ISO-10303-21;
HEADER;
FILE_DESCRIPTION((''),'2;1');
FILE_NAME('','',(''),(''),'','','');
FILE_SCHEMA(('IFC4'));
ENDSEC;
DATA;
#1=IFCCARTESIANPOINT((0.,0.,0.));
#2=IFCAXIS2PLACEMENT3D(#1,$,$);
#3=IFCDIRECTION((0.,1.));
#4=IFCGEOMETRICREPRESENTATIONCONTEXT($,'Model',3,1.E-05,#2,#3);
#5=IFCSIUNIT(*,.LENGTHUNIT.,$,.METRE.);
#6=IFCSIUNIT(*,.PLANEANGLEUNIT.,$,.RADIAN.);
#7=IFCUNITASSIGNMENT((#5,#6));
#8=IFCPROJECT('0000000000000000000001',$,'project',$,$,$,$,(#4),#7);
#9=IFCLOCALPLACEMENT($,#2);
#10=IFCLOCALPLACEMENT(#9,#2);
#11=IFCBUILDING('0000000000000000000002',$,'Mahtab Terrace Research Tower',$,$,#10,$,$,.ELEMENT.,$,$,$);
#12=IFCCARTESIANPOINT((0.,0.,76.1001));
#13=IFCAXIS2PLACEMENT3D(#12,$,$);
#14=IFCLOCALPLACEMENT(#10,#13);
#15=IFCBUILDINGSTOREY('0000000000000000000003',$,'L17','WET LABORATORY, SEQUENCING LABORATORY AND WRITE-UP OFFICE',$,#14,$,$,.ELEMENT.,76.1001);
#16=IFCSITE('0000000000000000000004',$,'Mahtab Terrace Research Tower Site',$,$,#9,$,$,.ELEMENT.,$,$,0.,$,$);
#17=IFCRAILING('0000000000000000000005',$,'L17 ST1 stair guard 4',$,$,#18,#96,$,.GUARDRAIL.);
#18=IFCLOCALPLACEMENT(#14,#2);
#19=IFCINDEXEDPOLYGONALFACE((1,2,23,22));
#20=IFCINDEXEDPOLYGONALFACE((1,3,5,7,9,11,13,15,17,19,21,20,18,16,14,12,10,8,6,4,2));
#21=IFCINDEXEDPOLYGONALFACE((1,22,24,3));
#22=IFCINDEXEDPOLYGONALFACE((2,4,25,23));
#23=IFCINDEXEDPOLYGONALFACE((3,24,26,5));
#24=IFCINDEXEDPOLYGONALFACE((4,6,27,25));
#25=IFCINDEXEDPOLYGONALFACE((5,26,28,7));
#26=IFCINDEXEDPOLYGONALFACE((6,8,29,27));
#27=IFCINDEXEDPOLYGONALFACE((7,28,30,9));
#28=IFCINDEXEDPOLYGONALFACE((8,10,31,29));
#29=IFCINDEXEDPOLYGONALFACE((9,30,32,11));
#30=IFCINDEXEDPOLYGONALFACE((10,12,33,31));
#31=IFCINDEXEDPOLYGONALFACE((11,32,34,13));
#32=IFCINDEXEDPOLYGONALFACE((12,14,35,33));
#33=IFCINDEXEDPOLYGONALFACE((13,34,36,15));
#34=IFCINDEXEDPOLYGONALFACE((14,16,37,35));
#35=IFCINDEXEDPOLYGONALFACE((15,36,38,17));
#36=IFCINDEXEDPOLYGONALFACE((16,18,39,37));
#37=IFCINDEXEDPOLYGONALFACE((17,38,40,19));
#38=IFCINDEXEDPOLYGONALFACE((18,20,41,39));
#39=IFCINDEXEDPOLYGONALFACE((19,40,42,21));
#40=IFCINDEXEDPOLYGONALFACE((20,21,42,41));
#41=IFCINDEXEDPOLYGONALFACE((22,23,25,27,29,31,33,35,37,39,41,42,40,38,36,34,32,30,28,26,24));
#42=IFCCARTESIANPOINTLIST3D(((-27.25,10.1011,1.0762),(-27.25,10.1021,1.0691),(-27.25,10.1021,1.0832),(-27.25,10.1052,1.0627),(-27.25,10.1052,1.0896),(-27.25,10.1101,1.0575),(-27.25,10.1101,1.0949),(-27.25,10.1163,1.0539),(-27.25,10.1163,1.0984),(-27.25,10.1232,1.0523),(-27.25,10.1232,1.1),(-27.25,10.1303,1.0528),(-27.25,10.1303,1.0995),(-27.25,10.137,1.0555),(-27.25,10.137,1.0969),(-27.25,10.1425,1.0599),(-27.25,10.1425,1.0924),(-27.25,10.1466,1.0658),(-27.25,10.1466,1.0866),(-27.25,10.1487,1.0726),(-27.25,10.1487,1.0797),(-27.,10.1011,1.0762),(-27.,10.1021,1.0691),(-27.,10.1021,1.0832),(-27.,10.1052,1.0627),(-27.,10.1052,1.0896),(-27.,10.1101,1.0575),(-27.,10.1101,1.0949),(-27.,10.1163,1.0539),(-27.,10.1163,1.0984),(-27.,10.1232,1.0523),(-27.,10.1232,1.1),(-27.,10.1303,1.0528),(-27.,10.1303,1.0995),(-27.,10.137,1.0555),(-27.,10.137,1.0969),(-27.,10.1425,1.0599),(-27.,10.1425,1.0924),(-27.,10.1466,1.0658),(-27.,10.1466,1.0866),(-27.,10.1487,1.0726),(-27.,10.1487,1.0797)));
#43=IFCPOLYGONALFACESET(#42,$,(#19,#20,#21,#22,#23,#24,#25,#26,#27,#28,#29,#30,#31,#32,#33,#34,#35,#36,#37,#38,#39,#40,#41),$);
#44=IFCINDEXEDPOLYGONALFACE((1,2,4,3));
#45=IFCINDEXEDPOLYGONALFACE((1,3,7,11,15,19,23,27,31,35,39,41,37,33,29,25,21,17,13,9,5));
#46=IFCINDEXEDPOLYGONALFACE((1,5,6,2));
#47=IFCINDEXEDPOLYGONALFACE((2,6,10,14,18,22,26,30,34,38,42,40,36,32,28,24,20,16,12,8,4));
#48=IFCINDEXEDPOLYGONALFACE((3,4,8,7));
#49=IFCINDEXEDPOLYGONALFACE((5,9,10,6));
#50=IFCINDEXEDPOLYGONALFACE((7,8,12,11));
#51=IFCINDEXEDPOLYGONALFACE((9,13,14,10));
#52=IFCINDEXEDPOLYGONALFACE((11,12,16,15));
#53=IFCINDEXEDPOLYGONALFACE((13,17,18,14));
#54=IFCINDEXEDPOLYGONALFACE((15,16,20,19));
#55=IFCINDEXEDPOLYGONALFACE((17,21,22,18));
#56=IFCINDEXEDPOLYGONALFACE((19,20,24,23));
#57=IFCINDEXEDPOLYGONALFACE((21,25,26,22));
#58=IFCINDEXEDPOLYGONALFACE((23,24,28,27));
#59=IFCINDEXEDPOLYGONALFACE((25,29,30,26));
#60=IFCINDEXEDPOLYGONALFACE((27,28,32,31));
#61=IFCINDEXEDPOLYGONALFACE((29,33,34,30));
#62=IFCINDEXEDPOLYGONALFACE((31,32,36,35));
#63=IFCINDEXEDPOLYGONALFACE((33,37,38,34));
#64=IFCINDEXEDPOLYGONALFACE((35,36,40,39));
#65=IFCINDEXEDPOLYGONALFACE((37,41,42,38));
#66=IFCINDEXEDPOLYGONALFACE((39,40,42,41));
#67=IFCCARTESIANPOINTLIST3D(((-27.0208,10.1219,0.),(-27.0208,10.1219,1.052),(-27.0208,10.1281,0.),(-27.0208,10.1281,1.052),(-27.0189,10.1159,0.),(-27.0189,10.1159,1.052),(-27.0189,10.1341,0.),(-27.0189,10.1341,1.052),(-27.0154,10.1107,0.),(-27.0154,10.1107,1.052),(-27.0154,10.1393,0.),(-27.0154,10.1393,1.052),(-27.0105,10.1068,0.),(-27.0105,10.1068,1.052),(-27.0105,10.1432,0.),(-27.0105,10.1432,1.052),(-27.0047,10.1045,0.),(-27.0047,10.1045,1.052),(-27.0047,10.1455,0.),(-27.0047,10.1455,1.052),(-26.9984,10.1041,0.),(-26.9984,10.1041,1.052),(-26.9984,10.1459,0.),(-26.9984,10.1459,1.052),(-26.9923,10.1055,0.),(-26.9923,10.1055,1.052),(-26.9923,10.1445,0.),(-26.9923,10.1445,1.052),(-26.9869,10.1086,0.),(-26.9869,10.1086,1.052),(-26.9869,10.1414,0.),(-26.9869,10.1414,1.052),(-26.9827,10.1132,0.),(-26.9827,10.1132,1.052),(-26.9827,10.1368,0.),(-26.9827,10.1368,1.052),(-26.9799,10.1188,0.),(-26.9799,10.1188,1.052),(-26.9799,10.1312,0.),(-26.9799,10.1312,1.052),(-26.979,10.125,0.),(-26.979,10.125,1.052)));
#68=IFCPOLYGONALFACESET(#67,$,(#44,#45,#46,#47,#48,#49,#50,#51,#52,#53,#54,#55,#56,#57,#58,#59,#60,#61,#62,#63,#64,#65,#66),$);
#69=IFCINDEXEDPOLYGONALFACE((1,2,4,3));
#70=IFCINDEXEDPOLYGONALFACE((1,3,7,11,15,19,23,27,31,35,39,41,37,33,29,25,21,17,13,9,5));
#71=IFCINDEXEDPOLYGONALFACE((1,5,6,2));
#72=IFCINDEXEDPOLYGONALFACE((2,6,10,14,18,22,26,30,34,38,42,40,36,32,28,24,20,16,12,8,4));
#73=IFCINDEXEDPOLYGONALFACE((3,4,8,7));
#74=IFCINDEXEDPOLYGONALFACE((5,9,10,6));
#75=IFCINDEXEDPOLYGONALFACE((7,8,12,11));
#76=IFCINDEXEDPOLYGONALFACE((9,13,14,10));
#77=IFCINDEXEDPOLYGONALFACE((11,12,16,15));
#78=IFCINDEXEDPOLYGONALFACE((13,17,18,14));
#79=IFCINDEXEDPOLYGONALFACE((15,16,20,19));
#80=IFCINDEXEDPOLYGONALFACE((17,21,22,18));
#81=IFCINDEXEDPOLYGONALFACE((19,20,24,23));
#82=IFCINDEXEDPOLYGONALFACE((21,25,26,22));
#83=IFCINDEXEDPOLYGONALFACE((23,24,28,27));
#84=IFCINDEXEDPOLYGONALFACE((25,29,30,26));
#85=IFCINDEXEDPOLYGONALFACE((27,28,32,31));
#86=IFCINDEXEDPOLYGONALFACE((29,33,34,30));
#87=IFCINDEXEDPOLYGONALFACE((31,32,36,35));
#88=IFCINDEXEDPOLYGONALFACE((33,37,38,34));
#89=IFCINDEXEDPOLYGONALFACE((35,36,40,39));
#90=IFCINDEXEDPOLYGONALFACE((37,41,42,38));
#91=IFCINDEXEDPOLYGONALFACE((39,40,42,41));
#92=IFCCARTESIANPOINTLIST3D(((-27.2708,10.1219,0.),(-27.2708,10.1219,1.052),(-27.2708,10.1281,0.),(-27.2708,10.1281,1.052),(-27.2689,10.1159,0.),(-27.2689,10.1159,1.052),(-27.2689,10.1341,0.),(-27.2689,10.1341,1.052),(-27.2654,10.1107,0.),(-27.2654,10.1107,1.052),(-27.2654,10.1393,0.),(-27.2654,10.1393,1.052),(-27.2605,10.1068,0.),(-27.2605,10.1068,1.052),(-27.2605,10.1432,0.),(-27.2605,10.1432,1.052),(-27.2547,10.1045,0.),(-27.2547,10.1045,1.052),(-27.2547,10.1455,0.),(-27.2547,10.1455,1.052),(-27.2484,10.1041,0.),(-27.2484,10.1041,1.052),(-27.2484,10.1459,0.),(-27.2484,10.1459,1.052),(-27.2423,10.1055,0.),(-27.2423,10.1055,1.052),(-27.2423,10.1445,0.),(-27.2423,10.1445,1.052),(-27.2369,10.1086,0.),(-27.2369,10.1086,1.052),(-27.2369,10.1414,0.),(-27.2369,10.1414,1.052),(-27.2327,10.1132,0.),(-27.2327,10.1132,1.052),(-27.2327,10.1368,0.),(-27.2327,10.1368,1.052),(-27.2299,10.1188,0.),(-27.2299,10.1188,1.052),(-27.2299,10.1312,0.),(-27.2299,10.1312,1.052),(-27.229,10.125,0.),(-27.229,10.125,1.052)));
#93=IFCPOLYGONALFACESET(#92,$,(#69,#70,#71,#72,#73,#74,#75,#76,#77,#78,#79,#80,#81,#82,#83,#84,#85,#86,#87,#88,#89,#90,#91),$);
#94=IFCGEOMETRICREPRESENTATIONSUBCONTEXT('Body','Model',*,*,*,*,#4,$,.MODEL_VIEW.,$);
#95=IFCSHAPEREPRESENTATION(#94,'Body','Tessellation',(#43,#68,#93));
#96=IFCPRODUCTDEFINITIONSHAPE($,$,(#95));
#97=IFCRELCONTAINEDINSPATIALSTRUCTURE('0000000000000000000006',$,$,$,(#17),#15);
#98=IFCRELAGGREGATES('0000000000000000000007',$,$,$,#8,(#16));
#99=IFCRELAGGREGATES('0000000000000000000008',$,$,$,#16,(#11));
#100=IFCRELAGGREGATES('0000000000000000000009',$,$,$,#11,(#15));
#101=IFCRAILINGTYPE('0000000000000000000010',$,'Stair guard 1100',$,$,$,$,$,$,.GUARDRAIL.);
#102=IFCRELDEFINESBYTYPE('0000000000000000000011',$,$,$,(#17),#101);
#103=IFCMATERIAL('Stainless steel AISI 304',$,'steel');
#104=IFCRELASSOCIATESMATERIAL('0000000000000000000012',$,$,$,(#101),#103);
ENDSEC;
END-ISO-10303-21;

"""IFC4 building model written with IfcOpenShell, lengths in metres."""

from ifc_helpers import new_model, si_unit, direction, frame, origin, origin_2d, place, context, subcontext, project, spatial, circle, extrude, material, type_object, element, save


model = new_model("IFC4")

# Units and contexts
model_context = context("Model", 3, precision=1e-05, world=origin(), true_north=direction((0.0, 1.0)))
body_context = subcontext(model_context, "Body", "Model", "MODEL_VIEW")
ifc_project = project(units=[si_unit("LENGTHUNIT", "METRE"), si_unit("PLANEANGLEUNIT", "RADIAN")], contexts=[model_context])

# Site, building, storey
site_placement = place(None, origin())
site = spatial("IfcSite", under=ifc_project, at=site_placement, Name="Mahtab Terrace Research Tower Site", CompositionType="ELEMENT", RefElevation=0.0)
building_placement = place(site_placement, origin())
building = spatial("IfcBuilding", under=site, at=building_placement, Name="Mahtab Terrace Research Tower", CompositionType="ELEMENT")
storey_placement = place(building_placement, frame((0.0, 0.0, 76.1001)))
storey = spatial("IfcBuildingStorey", under=building, at=storey_placement, Name="L17", Description="WET LABORATORY, SEQUENCING LABORATORY AND WRITE-UP OFFICE", CompositionType="ELEMENT", Elevation=76.1001)

# Railing
ifc_material_1 = material(Name="Stainless steel AISI 304", Category="steel")
railing_type_1 = type_object("IfcRailingType", Name="Stair guard 1100", PredefinedType="GUARDRAIL", material=ifc_material_1)
railing_1_placement = place(storey_placement, frame((-27.0, 10.125, 0.0)))
element("IfcRailing", 1, at=railing_1_placement, inside=storey, type_object=railing_type_1, Name="L17 ST1 stair guard 4", PredefinedType="GUARDRAIL", context=body_context, shape_type="SweptSolid", body=[
    extrude(circle(Radius=0.0239, at=origin_2d()), frame((0.0, 0.0, 1.0762), z_axis=(-1.0, 0.0, 0.0), x_axis=(0.0, -1.0, 0.0)), (0.0, 0.0, 1.0), 0.25),
    extrude(circle(Radius=0.021, at=origin_2d()), origin(), (0.0, 0.0, 1.0), 1.052),
    extrude(circle(Radius=0.021, at=origin_2d()), frame((-0.25, 0.0, 0.0)), (0.0, 0.0, 1.0), 1.052),
])

save(model, "model.ifc")
